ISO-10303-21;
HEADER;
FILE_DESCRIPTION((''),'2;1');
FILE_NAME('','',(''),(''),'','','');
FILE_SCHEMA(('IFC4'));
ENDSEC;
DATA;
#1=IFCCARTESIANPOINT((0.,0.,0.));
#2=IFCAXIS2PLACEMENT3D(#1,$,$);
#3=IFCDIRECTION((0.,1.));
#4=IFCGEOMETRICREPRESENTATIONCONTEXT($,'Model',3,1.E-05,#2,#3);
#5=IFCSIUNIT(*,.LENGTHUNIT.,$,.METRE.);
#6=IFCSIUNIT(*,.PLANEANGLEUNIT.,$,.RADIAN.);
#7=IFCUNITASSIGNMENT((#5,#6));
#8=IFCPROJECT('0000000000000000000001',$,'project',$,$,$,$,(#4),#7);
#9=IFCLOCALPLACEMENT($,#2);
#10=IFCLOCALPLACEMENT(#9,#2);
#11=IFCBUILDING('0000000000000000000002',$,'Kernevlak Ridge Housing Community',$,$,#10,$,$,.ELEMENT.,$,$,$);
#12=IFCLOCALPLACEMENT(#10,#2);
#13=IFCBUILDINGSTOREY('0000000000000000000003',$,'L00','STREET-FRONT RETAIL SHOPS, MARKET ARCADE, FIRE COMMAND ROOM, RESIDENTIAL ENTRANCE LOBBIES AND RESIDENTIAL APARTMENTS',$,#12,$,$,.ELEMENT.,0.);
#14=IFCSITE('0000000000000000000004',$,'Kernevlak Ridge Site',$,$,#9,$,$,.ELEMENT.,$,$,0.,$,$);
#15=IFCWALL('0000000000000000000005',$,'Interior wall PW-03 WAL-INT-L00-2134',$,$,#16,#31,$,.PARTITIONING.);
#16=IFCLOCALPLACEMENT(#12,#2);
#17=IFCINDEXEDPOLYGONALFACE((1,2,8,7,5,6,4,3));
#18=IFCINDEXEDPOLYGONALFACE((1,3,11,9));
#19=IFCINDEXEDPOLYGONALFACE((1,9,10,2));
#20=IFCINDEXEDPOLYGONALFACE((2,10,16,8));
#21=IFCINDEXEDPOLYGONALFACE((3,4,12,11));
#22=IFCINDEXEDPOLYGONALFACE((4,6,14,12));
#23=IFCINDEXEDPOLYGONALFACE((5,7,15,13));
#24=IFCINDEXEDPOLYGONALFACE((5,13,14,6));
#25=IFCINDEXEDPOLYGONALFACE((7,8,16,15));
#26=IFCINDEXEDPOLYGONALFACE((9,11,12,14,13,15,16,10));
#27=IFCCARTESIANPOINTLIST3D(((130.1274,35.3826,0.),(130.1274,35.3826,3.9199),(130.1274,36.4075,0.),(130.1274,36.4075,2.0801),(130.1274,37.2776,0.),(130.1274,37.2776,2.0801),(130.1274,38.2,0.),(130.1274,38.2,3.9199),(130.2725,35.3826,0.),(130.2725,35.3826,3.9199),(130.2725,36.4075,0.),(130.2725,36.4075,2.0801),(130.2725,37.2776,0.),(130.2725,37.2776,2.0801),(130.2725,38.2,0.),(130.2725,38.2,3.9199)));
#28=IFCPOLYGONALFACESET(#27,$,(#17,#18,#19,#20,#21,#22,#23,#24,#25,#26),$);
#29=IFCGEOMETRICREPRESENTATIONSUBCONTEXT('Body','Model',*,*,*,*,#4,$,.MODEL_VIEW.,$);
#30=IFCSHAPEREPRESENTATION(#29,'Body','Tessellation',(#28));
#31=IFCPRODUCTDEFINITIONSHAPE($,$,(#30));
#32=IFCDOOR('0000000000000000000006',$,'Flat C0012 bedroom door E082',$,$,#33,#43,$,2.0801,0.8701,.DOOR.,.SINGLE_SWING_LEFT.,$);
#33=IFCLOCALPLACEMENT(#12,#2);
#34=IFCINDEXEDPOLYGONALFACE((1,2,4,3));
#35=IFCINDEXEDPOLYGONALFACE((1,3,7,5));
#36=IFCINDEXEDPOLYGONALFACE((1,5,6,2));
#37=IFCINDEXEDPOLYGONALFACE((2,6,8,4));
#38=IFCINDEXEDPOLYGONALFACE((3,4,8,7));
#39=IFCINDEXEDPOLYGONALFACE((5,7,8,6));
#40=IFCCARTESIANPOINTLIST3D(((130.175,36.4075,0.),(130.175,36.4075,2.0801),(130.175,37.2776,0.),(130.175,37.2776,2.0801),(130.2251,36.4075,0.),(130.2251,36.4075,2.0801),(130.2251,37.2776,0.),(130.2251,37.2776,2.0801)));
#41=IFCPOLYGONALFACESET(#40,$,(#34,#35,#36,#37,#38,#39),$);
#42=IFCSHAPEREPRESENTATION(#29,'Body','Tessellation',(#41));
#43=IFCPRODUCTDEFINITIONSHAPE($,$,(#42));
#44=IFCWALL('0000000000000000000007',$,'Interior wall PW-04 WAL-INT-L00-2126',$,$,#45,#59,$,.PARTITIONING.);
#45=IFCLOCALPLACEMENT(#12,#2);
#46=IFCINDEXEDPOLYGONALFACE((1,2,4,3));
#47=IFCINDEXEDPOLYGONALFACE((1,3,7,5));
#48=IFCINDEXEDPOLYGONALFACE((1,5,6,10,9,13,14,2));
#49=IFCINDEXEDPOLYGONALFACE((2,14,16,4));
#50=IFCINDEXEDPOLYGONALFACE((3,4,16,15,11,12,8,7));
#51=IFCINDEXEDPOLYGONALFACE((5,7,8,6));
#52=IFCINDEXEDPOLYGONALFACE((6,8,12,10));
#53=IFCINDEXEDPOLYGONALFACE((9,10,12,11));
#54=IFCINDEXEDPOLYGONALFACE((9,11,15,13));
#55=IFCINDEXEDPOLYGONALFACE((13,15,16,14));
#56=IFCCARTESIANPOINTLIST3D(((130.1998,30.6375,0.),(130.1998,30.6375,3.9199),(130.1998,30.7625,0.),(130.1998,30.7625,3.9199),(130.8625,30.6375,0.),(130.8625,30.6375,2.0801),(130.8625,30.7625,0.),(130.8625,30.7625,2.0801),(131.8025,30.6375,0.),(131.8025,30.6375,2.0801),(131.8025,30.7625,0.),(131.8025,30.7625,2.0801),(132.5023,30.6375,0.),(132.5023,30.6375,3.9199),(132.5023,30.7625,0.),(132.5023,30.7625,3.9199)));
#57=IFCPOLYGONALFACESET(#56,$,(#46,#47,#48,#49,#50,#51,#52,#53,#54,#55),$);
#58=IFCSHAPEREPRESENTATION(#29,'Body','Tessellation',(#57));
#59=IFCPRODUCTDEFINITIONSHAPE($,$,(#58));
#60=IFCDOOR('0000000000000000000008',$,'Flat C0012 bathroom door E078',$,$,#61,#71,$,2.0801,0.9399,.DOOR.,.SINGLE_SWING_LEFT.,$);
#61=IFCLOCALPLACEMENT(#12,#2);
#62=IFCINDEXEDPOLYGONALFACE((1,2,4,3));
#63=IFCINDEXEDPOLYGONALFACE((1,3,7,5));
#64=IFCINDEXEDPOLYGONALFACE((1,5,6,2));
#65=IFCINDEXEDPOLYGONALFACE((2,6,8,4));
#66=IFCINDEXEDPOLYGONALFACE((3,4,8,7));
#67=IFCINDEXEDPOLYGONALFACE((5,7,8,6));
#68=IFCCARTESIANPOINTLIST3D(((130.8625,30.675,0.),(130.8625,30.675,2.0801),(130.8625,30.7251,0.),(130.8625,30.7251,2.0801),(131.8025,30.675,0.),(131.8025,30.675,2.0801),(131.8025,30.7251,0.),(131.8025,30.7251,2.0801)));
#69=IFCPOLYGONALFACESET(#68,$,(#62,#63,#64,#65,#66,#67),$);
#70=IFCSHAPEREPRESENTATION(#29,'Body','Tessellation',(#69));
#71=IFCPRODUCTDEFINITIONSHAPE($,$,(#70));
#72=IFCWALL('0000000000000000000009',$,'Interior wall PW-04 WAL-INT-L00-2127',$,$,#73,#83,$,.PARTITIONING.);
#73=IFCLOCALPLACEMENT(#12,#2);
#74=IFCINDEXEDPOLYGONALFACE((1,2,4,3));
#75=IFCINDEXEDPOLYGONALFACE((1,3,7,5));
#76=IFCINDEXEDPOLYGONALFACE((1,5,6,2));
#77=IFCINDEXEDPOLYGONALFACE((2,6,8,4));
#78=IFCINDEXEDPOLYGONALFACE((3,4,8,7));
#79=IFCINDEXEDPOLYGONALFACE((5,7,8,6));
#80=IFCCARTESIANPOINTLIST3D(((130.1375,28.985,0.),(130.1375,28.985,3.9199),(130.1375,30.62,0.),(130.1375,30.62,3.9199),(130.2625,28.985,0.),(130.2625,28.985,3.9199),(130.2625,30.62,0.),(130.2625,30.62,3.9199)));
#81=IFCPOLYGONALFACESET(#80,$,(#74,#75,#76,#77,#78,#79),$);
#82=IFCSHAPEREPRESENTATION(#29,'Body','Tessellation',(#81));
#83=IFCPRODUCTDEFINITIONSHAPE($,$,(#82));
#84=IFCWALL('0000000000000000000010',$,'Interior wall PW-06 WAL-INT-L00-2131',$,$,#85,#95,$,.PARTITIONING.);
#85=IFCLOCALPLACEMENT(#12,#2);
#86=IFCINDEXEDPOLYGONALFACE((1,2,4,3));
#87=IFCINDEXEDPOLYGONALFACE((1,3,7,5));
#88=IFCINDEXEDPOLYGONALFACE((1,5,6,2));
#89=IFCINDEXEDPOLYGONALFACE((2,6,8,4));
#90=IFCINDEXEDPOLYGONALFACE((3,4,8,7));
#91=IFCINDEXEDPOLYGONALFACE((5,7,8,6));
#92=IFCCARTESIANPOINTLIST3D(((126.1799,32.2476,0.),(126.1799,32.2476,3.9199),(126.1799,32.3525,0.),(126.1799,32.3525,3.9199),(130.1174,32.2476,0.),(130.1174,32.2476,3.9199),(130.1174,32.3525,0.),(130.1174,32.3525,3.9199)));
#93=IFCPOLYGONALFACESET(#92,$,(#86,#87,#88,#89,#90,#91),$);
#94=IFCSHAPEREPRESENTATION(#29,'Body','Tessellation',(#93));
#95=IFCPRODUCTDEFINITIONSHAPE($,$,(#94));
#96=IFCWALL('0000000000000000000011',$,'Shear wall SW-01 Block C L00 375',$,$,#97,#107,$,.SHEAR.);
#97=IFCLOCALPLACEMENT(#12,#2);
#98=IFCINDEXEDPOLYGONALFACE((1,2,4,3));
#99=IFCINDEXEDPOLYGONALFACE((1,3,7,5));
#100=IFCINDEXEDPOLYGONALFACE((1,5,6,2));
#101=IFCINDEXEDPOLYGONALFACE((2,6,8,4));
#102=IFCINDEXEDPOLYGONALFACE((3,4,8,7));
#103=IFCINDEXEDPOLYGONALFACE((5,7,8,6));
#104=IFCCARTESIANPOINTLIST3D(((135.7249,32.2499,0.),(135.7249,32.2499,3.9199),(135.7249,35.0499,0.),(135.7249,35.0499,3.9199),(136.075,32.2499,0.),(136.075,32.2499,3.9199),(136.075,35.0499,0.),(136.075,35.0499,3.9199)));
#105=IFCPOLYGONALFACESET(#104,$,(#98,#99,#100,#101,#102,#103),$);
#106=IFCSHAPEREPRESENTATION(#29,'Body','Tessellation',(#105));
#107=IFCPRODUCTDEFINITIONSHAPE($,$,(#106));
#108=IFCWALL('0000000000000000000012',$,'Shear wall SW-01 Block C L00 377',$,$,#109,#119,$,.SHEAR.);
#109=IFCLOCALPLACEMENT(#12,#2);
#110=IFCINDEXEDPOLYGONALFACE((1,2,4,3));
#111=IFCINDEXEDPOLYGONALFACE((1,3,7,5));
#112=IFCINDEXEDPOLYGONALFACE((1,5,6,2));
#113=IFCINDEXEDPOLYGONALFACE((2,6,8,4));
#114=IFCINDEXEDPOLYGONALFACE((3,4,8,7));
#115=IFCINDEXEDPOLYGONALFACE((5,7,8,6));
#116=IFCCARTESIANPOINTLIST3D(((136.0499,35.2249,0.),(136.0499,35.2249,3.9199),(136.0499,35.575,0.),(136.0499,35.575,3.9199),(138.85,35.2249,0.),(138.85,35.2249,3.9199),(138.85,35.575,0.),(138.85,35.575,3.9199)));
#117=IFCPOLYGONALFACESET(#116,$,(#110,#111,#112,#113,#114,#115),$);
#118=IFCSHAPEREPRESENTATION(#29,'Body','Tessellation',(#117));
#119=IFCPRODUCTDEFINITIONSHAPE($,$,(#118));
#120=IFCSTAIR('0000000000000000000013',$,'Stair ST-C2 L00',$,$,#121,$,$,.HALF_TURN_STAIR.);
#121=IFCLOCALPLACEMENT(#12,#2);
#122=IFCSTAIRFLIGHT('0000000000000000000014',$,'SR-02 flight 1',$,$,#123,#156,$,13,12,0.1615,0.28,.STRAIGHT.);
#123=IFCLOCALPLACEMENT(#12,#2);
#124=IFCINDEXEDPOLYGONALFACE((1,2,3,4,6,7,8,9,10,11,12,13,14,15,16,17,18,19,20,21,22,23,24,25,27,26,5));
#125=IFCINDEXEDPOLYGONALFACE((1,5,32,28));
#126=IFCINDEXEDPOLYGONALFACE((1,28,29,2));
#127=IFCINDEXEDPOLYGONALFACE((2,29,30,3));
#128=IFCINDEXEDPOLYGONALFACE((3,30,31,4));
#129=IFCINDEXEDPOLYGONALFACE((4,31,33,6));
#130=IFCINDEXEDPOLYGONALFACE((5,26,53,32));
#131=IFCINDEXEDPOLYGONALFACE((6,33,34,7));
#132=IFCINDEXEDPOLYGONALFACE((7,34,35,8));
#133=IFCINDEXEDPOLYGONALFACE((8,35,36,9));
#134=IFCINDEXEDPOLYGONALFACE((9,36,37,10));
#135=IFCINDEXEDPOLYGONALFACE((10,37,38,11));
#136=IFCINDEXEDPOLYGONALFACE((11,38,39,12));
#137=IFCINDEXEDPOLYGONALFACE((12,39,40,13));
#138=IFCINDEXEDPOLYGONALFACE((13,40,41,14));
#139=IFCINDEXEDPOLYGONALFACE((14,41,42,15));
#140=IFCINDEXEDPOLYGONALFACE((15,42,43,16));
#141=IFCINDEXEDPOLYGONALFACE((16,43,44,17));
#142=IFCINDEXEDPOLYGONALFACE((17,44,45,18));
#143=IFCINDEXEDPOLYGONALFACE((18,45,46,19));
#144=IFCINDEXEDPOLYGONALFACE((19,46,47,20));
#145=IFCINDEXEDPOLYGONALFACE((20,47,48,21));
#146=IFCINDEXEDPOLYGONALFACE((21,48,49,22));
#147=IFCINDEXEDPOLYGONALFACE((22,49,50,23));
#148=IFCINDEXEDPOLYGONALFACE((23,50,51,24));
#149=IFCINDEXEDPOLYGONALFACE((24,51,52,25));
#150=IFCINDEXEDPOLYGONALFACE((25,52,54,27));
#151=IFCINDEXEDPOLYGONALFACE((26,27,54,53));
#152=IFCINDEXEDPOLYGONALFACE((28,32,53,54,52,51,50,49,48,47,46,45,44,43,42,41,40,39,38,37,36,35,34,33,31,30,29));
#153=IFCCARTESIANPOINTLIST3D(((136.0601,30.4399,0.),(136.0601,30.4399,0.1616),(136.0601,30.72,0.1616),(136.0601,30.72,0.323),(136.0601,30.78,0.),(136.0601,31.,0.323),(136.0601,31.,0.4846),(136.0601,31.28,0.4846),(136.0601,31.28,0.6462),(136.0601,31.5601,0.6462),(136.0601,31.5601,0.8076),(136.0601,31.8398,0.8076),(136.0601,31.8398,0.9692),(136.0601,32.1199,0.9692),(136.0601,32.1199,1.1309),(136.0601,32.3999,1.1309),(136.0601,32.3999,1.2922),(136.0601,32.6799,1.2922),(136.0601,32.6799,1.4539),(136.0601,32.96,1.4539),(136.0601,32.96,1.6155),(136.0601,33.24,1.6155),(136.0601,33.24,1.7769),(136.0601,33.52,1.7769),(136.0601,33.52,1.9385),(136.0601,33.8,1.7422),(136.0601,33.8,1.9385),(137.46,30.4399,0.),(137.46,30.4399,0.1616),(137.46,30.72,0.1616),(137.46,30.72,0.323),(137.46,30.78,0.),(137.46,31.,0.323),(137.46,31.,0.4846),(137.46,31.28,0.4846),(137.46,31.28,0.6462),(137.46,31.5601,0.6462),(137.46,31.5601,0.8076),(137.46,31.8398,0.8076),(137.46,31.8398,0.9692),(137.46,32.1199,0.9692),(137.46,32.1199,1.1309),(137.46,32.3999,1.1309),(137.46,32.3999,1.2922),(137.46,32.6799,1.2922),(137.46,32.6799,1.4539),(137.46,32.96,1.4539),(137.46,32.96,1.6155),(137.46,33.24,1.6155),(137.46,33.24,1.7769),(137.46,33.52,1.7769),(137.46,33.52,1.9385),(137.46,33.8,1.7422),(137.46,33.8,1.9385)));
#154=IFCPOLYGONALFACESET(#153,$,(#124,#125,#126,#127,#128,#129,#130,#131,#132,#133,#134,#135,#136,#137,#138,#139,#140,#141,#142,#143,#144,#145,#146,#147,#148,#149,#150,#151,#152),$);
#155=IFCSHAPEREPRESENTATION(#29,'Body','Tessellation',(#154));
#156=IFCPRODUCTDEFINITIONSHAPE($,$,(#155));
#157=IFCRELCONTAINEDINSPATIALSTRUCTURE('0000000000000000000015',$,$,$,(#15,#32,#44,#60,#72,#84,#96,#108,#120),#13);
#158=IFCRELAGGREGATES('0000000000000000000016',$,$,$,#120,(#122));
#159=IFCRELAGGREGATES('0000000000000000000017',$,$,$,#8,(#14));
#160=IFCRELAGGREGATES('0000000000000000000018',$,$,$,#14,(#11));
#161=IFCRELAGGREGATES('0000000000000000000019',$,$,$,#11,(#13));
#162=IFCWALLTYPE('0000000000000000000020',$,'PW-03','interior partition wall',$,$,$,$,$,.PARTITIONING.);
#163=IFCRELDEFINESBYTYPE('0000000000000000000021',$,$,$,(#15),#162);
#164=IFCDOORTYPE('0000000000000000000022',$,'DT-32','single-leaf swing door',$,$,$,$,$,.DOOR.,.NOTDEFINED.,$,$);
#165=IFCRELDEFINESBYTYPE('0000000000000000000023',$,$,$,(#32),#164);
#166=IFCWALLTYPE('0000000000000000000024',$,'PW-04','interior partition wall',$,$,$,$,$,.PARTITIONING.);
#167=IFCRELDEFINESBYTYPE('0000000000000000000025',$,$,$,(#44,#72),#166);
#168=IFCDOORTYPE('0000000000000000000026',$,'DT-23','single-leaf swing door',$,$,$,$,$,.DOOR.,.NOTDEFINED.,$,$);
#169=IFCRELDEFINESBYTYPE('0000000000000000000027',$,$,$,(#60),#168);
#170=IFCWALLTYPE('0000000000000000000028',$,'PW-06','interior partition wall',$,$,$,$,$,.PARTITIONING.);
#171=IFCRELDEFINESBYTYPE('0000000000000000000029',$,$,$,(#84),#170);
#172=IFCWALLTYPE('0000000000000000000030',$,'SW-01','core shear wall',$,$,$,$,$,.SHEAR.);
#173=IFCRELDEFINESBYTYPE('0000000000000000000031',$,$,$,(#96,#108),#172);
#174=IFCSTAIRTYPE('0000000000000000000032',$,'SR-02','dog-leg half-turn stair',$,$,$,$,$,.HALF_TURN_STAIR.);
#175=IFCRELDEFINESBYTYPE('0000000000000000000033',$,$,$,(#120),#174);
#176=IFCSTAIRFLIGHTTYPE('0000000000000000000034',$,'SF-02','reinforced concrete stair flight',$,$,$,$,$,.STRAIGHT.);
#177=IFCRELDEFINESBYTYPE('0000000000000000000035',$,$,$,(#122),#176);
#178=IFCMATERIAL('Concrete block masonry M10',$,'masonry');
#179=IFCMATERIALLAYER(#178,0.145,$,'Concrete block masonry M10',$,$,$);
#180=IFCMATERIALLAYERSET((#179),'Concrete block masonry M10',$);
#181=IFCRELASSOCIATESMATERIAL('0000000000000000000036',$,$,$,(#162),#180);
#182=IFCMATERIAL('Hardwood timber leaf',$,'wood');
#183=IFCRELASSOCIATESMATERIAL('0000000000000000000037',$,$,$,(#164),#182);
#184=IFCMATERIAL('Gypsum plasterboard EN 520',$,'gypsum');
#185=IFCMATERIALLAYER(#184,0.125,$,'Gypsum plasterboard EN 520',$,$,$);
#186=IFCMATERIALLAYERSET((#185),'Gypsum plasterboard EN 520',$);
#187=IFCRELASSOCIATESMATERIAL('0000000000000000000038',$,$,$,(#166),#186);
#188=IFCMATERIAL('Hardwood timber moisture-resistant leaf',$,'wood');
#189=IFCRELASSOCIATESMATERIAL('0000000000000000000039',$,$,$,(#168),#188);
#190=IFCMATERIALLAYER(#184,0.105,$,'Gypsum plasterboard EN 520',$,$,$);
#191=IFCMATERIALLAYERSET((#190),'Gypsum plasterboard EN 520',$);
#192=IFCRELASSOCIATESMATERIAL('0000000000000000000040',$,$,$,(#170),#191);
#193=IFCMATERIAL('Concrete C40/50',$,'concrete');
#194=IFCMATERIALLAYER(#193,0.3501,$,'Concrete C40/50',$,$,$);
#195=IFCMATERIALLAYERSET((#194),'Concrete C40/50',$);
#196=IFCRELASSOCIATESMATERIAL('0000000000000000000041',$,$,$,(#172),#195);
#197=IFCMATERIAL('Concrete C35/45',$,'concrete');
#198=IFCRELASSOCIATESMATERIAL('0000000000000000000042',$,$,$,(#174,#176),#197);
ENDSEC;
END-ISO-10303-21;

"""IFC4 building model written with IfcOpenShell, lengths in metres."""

from ifc_helpers import new_model, si_unit, direction, frame, frame_2d, origin, place, context, subcontext, project, spatial, polyline, rectangle, outline, extrude, material, layer, layer_set, type_object, element, fill, aggregate, save


model = new_model("IFC4")

# Units and contexts
model_context = context("Model", 3, precision=1e-05, world=origin(), true_north=direction((0.0, 1.0)))
body_context = subcontext(model_context, "Body", "Model", "MODEL_VIEW")
ifc_project = project(units=[si_unit("LENGTHUNIT", "METRE"), si_unit("PLANEANGLEUNIT", "RADIAN")], contexts=[model_context])

# Site, building, storey
site_placement = place(None, origin())
site = spatial("IfcSite", under=ifc_project, at=site_placement, Name="Kernevlak Ridge Site", CompositionType="ELEMENT", RefElevation=0.0)
building_placement = place(site_placement, origin())
building = spatial("IfcBuilding", under=site, at=building_placement, Name="Kernevlak Ridge Housing Community", CompositionType="ELEMENT")
storey_placement = place(building_placement, origin())
storey = spatial("IfcBuildingStorey", under=building, at=storey_placement, Name="L00", Description="STREET-FRONT RETAIL SHOPS, MARKET ARCADE, FIRE COMMAND ROOM, RESIDENTIAL ENTRANCE LOBBIES AND RESIDENTIAL APARTMENTS", CompositionType="ELEMENT", Elevation=0.0)

# Shared definitions
ifc_material_1 = material(Name="Concrete C40/50", Category="concrete")

# Shared definitions
ifc_material_2 = material(Name="Concrete C35/45", Category="concrete")

# Shared definitions
ifc_material_3 = material(Name="Concrete block masonry M10", Category="masonry")

# Shared definitions
ifc_layer_1 = layer(ifc_material_3, 0.145, Name="Concrete block masonry M10")
ifc_layer_set_1 = layer_set([ifc_layer_1], Name="Concrete block masonry M10")
wall_type_1 = type_object("IfcWallType", Name="PW-03", Description="interior partition wall", PredefinedType="PARTITIONING", material=ifc_layer_set_1)
ifc_material_4 = material(Name="Hardwood timber leaf", Category="wood")

# Walls, openings, doors
wall_1_placement = place(storey_placement, frame((130.2, 35.3826, 0.0), z_axis=(0.0, 0.0, 1.0), x_axis=(0.0, 1.0, 0.0)))
wall_1 = element("IfcWall", 1, at=wall_1_placement, inside=storey, type_object=wall_type_1, Name="Interior wall PW-03 WAL-INT-L00-2134", PredefinedType="PARTITIONING", context=body_context, shape_type="SweptSolid", body=[
    extrude(rectangle(XDim=2.8174, YDim=0.145, at=frame_2d((1.4087, 0.0))), origin(), (0.0, 0.0, 1.0), 3.9199),
])
opening_1_placement = place(wall_1_placement, frame((1.0249, 0.0, 0.0)))
opening_1 = element("IfcOpeningElement", 2, at=opening_1_placement, cuts=wall_1, PredefinedType="OPENING", context=body_context, shape_type="SweptSolid", body=[
    extrude(rectangle(XDim=0.8701, YDim=2.0801, at=frame_2d((0.4351, 1.04))), frame((0.0, 0.0825, 0.0), z_axis=(0.0, -1.0, 0.0), x_axis=(1.0, 0.0, 0.0)), (0.0, 0.0, 1.0), 0.165),
])
door_type_1 = type_object("IfcDoorType", Name="DT-32", Description="single-leaf swing door", OperationType="NOTDEFINED", PredefinedType="DOOR", material=ifc_material_4)
door_1_placement = place(opening_1_placement, origin())
door_1 = element("IfcDoor", 3, at=door_1_placement, inside=storey, type_object=door_type_1, Name="Flat C0012 bedroom door E082", OperationType="SINGLE_SWING_LEFT", OverallHeight=2.0801, OverallWidth=0.8701, PredefinedType="DOOR", context=body_context, shape_type="SweptSolid", body=[
    extrude(rectangle(XDim=0.8701, YDim=2.0801, at=frame_2d((0.4351, 1.04))), frame((0.0, 0.0249, 0.0), z_axis=(0.0, -1.0, 0.0), x_axis=(1.0, 0.0, 0.0)), (0.0, 0.0, 1.0), 0.05),
])
fill(opening_1, door_1)
ifc_material_5 = material(Name="Gypsum plasterboard EN 520", Category="gypsum")
ifc_layer_2 = layer(ifc_material_5, 0.125, Name="Gypsum plasterboard EN 520")
ifc_layer_set_2 = layer_set([ifc_layer_2], Name="Gypsum plasterboard EN 520")
wall_type_2 = type_object("IfcWallType", Name="PW-04", Description="interior partition wall", PredefinedType="PARTITIONING", material=ifc_layer_set_2)
wall_2_placement = place(storey_placement, frame((132.5024, 30.7, 0.0), z_axis=(0.0, 0.0, 1.0), x_axis=(-1.0, 0.0, 0.0)))
wall_2 = element("IfcWall", 4, at=wall_2_placement, inside=storey, type_object=wall_type_2, Name="Interior wall PW-04 WAL-INT-L00-2126", PredefinedType="PARTITIONING", context=body_context, shape_type="SweptSolid", body=[
    extrude(rectangle(XDim=2.3025, YDim=0.125, at=frame_2d((1.1514, 0.0))), origin(), (0.0, 0.0, 1.0), 3.9199),
])
opening_2_placement = place(wall_2_placement, frame((0.7, 0.0, 0.0)))
opening_2 = element("IfcOpeningElement", 5, at=opening_2_placement, cuts=wall_2, PredefinedType="OPENING", context=body_context, shape_type="SweptSolid", body=[
    extrude(rectangle(XDim=0.9399, YDim=2.0801, at=frame_2d((0.47, 1.04))), frame((0.0, 0.0725, 0.0), z_axis=(0.0, -1.0, 0.0), x_axis=(1.0, 0.0, 0.0)), (0.0, 0.0, 1.0), 0.145),
])
ifc_material_6 = material(Name="Hardwood timber moisture-resistant leaf", Category="wood")
door_type_2 = type_object("IfcDoorType", Name="DT-23", Description="single-leaf swing door", OperationType="NOTDEFINED", PredefinedType="DOOR", material=ifc_material_6)
door_2_placement = place(opening_2_placement, origin())
door_2 = element("IfcDoor", 6, at=door_2_placement, inside=storey, type_object=door_type_2, Name="Flat C0012 bathroom door E078", OperationType="SINGLE_SWING_LEFT", OverallHeight=2.0801, OverallWidth=0.9399, PredefinedType="DOOR", context=body_context, shape_type="SweptSolid", body=[
    extrude(rectangle(XDim=0.9399, YDim=2.0801, at=frame_2d((0.47, 1.04))), frame((0.0, 0.0249, 0.0), z_axis=(0.0, -1.0, 0.0), x_axis=(1.0, 0.0, 0.0)), (0.0, 0.0, 1.0), 0.05),
])
fill(opening_2, door_2)

# Walls
wall_3_placement = place(storey_placement, frame((130.2, 28.9851, 0.0), z_axis=(0.0, 0.0, 1.0), x_axis=(0.0, 1.0, 0.0)))
element("IfcWall", 7, at=wall_3_placement, inside=storey, type_object=wall_type_2, Name="Interior wall PW-04 WAL-INT-L00-2127", PredefinedType="PARTITIONING", context=body_context, shape_type="SweptSolid", body=[
    extrude(rectangle(XDim=1.635, YDim=0.125, at=frame_2d((0.8174, 0.0))), origin(), (0.0, 0.0, 1.0), 3.9199),
])
ifc_layer_3 = layer(ifc_material_5, 0.105, Name="Gypsum plasterboard EN 520")
ifc_layer_set_3 = layer_set([ifc_layer_3], Name="Gypsum plasterboard EN 520")
wall_type_3 = type_object("IfcWallType", Name="PW-06", Description="interior partition wall", PredefinedType="PARTITIONING", material=ifc_layer_set_3)
wall_4_placement = place(storey_placement, frame((130.1174, 32.3, 0.0), z_axis=(0.0, 0.0, 1.0), x_axis=(-1.0, 0.0, 0.0)))
element("IfcWall", 8, at=wall_4_placement, inside=storey, type_object=wall_type_3, Name="Interior wall PW-06 WAL-INT-L00-2131", PredefinedType="PARTITIONING", context=body_context, shape_type="SweptSolid", body=[
    extrude(rectangle(XDim=3.9375, YDim=0.105, at=frame_2d((1.9688, 0.0))), origin(), (0.0, 0.0, 1.0), 3.9199),
])
ifc_layer_4 = layer(ifc_material_1, 0.3501, Name="Concrete C40/50")
ifc_layer_set_4 = layer_set([ifc_layer_4], Name="Concrete C40/50")
wall_type_4 = type_object("IfcWallType", Name="SW-01", Description="core shear wall", PredefinedType="SHEAR", material=ifc_layer_set_4)
for number, where, z_axis, x_axis, name in (
    (9, (135.8999, 32.25, 0.0), (0.0, 0.0, 1.0), (0.0, 1.0, 0.0), "Shear wall SW-01 Block C L00 375"),
    (10, (136.05, 35.3999, 0.0), (0.0, 0.0, 1.0), (1.0, 0.0, 0.0), "Shear wall SW-01 Block C L00 377"),
):
    element("IfcWall", number, at=place(storey_placement, frame(where, z_axis=z_axis, x_axis=x_axis)), inside=storey, type_object=wall_type_4, Name=name, PredefinedType="SHEAR", context=body_context, shape_type="SweptSolid", body=[
        extrude(rectangle(XDim=2.8, YDim=0.3501, at=frame_2d((1.3999, 0.0))), origin(), (0.0, 0.0, 1.0), 3.9199),
    ])

# Stair, stair flight
stair_type = type_object("IfcStairType", Name="SR-02", Description="dog-leg half-turn stair", PredefinedType="HALF_TURN_STAIR", material=ifc_material_2)
stair_placement = place(storey_placement, origin())
stair = element("IfcStair", 11, at=stair_placement, inside=storey, type_object=stair_type, Name="Stair ST-C2 L00", PredefinedType="HALF_TURN_STAIR")
stair_flight_type = type_object("IfcStairFlightType", Name="SF-02", Description="reinforced concrete stair flight", PredefinedType="STRAIGHT", material=ifc_material_2)
stair_flight_placement = place(storey_placement, frame((136.76, 30.4399, 0.0), z_axis=(0.0, 0.0, 1.0), x_axis=(0.0, 1.0, 0.0)))
stair_flight = element("IfcStairFlight", 12, at=stair_flight_placement, type_object=stair_flight_type, Name="SR-02 flight 1", NumberOfRisers=13, NumberOfTreads=12, PredefinedType="STRAIGHT", RiserHeight=0.1615, TreadLength=0.28, context=body_context, shape_type="SweptSolid", body=[
    extrude(outline(polyline([(0.0, 0.0), (0.0, 0.1616), (0.28, 0.1616), (0.28, 0.323), (0.5601, 0.323), (0.5601, 0.4846), (0.8401, 0.4846), (0.8401, 0.6462), (1.1201, 0.6462), (1.1201, 0.8076), (1.3999, 0.8076), (1.3999, 0.9692), (1.6799, 0.9692), (1.6799, 1.1309), (1.96, 1.1309), (1.96, 1.2922), (2.24, 1.2922), (2.24, 1.4539), (2.52, 1.4539), (2.52, 1.6155), (2.8, 1.6155), (2.8, 1.7769), (3.0801, 1.7769), (3.0801, 1.9385), (3.3601, 1.9385), (3.3601, 2.1001), (3.3601, 1.7422), (0.3401, 0.0), (0.0, 0.0)])), frame((0.0, 0.7, 0.0), z_axis=(0.0, -1.0, 0.0), x_axis=(1.0, 0.0, 0.0)), (0.0, 0.0, 1.0), 1.3999),
])
aggregate(stair, [stair_flight])

save(model, "model.ifc")
